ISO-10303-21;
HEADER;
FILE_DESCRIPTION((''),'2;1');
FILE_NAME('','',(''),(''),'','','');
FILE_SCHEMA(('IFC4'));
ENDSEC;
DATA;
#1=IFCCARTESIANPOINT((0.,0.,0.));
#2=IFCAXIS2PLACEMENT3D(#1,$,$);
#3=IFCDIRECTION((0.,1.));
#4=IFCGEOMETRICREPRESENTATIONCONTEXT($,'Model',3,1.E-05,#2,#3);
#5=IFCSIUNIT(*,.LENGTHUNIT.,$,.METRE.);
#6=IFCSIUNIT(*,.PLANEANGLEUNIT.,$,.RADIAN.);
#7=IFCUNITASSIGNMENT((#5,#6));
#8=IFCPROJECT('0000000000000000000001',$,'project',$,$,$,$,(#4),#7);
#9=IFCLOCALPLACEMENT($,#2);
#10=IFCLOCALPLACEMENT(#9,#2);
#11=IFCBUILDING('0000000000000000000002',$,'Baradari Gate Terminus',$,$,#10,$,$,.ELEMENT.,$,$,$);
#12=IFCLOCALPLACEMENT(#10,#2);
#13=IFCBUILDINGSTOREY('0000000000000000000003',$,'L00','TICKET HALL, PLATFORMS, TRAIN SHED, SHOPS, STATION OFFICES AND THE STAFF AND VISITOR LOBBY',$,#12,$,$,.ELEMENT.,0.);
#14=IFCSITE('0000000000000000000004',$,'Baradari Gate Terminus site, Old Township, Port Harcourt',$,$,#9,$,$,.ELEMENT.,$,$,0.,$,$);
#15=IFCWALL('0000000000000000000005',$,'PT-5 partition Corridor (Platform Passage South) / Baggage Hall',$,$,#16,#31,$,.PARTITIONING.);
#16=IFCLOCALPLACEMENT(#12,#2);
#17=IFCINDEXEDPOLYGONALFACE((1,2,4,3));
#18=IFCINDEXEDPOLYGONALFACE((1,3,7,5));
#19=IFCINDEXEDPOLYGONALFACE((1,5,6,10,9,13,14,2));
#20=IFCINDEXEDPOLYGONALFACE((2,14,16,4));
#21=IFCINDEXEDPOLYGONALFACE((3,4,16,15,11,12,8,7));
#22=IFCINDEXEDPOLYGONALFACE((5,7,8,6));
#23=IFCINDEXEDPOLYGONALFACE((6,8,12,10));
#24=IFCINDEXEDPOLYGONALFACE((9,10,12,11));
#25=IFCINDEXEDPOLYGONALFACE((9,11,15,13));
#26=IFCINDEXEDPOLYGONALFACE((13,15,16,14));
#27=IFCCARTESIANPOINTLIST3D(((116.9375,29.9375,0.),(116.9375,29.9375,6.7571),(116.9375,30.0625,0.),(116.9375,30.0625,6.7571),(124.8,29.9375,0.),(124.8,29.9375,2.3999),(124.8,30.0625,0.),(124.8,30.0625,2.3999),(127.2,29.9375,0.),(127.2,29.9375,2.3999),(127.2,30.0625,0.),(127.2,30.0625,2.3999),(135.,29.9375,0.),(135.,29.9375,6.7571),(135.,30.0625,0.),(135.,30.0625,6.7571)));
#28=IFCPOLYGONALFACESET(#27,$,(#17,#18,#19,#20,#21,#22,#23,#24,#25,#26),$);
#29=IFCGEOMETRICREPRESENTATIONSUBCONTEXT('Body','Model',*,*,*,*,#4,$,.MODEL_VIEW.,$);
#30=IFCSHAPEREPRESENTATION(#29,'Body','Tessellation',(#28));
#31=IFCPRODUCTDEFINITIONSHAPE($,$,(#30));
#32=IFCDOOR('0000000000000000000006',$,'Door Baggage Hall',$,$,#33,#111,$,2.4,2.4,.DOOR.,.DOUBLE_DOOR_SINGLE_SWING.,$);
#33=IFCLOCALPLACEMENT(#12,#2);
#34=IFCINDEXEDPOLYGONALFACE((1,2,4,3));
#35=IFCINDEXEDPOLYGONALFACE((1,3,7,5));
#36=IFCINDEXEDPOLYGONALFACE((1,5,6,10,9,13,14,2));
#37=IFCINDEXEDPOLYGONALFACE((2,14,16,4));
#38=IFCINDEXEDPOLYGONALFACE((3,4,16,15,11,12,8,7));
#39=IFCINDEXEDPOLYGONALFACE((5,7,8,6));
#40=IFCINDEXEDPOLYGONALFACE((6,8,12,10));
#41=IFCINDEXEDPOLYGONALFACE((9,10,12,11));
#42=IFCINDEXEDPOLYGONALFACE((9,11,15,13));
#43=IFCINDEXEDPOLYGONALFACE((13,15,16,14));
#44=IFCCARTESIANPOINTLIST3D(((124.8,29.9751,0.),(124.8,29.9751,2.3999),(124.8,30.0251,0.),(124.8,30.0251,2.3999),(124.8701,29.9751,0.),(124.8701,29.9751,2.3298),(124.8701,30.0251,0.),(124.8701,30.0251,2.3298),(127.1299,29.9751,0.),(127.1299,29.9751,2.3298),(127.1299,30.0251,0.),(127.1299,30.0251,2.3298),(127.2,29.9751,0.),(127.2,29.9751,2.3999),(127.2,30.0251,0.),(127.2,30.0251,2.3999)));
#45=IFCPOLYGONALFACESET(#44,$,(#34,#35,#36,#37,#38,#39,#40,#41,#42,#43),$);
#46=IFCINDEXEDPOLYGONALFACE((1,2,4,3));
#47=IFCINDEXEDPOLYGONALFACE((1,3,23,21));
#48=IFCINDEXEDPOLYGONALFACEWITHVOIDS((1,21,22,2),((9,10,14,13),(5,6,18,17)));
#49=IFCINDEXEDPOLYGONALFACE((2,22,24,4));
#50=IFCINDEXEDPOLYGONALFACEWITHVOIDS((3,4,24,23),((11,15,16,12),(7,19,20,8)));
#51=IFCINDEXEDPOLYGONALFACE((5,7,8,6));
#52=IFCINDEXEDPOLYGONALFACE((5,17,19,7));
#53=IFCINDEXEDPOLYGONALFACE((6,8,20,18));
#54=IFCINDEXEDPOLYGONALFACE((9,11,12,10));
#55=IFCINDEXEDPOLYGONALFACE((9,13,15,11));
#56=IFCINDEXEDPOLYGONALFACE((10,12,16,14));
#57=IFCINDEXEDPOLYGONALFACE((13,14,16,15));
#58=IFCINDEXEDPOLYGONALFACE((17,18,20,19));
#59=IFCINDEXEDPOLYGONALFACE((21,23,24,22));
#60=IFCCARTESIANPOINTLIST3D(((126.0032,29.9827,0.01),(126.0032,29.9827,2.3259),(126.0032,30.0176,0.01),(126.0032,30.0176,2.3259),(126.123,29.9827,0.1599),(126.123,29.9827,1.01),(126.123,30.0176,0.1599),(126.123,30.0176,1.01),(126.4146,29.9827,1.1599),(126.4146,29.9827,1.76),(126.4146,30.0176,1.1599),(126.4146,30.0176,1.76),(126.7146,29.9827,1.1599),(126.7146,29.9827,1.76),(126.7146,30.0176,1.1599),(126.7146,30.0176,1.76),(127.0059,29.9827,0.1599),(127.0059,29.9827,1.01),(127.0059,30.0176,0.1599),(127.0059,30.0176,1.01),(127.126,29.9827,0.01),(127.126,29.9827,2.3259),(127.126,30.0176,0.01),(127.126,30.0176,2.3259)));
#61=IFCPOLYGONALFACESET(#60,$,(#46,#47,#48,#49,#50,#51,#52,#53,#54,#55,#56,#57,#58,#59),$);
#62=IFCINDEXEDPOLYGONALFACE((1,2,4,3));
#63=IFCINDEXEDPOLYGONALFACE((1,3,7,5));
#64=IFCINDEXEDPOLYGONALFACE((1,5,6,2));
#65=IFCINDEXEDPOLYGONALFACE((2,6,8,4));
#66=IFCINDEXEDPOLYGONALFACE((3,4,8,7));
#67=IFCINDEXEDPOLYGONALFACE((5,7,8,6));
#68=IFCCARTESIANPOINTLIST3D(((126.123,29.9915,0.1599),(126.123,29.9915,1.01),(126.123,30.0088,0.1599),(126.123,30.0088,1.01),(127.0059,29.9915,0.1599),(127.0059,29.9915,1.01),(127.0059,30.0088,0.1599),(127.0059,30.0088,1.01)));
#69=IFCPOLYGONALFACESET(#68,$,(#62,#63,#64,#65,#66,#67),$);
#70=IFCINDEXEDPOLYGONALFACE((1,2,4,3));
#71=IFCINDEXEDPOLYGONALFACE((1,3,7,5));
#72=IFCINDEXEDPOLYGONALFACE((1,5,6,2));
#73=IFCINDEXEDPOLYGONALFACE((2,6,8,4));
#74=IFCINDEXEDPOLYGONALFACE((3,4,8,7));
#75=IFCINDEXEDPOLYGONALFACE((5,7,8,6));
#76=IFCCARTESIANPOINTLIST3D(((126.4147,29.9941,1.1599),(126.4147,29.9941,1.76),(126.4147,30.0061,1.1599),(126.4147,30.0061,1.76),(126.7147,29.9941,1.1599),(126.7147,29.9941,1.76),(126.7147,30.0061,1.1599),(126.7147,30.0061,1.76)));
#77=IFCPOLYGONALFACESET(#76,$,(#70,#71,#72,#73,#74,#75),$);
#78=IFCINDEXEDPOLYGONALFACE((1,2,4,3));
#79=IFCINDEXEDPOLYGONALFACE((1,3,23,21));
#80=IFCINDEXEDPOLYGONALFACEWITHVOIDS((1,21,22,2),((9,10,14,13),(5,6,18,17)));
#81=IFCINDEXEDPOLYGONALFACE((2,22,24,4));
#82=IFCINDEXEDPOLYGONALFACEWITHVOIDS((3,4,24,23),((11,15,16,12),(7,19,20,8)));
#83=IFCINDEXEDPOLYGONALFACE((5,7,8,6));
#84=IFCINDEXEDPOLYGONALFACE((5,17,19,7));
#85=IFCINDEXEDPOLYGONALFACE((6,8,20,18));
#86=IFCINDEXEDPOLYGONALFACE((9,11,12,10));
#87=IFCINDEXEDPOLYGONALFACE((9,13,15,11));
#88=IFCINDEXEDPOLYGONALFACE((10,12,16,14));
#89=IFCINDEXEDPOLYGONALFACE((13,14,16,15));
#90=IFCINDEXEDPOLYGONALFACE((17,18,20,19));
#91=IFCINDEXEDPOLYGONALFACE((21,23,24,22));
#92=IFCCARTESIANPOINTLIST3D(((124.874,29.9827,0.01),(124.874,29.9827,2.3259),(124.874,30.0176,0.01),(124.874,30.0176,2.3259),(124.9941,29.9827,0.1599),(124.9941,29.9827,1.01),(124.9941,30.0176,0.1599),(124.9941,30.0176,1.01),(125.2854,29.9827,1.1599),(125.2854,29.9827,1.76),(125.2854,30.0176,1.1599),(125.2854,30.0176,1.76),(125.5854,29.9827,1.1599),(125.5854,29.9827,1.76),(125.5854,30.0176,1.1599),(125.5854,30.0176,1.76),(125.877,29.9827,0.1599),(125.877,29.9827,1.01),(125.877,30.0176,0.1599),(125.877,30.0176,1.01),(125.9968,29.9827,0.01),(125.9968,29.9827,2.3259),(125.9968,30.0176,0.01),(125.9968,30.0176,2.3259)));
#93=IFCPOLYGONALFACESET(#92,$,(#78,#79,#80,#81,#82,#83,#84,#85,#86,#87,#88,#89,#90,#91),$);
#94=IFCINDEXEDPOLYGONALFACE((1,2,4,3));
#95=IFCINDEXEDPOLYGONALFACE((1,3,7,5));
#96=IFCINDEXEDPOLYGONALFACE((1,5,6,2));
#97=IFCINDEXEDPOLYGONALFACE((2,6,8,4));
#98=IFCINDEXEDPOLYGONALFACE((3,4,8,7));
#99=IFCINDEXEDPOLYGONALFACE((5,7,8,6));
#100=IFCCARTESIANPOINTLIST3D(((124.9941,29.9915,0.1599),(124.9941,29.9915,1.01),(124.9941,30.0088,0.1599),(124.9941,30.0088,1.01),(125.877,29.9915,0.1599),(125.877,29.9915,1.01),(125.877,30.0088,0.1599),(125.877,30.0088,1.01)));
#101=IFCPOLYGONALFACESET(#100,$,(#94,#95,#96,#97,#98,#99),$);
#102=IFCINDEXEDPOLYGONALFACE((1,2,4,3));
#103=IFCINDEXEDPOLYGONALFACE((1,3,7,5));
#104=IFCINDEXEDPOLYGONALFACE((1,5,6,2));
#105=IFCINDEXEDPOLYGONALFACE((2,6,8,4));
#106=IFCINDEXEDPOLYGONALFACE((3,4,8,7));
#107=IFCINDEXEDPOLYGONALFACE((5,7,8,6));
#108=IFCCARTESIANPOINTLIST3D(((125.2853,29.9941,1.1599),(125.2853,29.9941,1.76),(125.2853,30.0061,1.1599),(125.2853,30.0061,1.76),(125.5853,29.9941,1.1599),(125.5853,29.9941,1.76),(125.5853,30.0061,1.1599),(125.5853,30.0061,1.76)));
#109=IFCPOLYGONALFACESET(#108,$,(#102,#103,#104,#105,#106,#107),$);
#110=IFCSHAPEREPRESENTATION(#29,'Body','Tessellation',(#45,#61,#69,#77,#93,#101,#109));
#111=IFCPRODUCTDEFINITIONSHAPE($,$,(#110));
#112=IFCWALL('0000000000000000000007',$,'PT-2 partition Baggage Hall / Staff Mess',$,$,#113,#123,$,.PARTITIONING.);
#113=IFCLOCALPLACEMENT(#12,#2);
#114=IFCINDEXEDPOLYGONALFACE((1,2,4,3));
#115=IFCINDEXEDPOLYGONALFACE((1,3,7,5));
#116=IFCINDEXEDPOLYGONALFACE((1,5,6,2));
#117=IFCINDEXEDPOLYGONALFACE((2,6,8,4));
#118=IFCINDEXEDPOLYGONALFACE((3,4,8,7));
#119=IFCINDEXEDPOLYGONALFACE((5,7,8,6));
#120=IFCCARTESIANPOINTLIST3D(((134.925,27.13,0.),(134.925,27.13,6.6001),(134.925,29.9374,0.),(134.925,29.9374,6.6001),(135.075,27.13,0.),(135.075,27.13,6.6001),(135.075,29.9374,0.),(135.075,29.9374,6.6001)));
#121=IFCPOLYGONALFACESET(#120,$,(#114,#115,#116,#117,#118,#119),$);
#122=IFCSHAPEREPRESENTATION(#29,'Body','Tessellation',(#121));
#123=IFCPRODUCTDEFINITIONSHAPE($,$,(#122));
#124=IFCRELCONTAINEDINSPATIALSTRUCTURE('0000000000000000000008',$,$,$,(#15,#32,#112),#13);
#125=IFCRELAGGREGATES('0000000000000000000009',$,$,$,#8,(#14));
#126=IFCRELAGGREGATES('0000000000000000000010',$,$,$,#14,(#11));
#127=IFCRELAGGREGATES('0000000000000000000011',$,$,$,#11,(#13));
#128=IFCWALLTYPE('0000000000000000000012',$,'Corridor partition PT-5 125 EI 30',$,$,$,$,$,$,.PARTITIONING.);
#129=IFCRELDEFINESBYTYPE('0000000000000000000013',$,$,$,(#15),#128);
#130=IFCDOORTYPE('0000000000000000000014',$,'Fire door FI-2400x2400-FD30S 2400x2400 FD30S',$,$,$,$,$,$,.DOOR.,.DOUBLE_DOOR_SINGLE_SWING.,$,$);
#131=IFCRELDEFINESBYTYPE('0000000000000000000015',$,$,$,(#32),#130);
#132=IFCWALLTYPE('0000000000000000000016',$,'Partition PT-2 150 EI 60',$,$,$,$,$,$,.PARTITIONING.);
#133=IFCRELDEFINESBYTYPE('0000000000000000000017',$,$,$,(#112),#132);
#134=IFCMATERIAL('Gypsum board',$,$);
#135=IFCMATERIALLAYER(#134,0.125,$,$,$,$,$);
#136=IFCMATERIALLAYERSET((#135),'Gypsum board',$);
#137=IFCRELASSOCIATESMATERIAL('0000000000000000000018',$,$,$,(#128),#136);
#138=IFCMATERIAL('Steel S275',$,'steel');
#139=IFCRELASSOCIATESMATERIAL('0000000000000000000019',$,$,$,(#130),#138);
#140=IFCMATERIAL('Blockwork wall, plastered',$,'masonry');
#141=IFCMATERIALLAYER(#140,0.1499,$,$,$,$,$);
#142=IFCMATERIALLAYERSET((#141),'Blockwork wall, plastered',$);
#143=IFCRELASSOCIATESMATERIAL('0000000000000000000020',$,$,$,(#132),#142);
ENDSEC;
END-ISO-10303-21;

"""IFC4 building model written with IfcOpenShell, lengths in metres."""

from ifc_helpers import new_model, si_unit, direction, frame, frame_2d, origin, place, context, subcontext, project, spatial, polyline, rectangle, outline, extrude, material, layer, layer_set, type_object, element, fill, save


model = new_model("IFC4")

# Units and contexts
model_context = context("Model", 3, precision=1e-05, world=origin(), true_north=direction((0.0, 1.0)))
body_context = subcontext(model_context, "Body", "Model", "MODEL_VIEW")
ifc_project = project(units=[si_unit("LENGTHUNIT", "METRE"), si_unit("PLANEANGLEUNIT", "RADIAN")], contexts=[model_context])

# Site, building, storey
site_placement = place(None, origin())
site = spatial("IfcSite", under=ifc_project, at=site_placement, Name="Baradari Gate Terminus site, Old Township, Port Harcourt", CompositionType="ELEMENT", RefElevation=0.0)
building_placement = place(site_placement, origin())
building = spatial("IfcBuilding", under=site, at=building_placement, Name="Baradari Gate Terminus", CompositionType="ELEMENT")
storey_placement = place(building_placement, origin())
storey = spatial("IfcBuildingStorey", under=building, at=storey_placement, Name="L00", Description="TICKET HALL, PLATFORMS, TRAIN SHED, SHOPS, STATION OFFICES AND THE STAFF AND VISITOR LOBBY", CompositionType="ELEMENT", Elevation=0.0)

# Wall, opening, door
ifc_material_1 = material(Name="Gypsum board")
ifc_layer_1 = layer(ifc_material_1, 0.125)
ifc_layer_set_1 = layer_set([ifc_layer_1], Name="Gypsum board")
wall_type_1 = type_object("IfcWallType", Name="Corridor partition PT-5 125 EI 30", PredefinedType="PARTITIONING", material=ifc_layer_set_1)
wall_1_placement = place(storey_placement, frame((135.0, 30.0, 0.0), z_axis=(0.0, 0.0, 1.0), x_axis=(-1.0, 0.0, 0.0)))
wall_1 = element("IfcWall", 1, at=wall_1_placement, inside=storey, type_object=wall_type_1, Name="PT-5 partition Corridor (Platform Passage South) / Baggage Hall", PredefinedType="PARTITIONING", context=body_context, shape_type="SweptSolid", body=[
    extrude(rectangle(XDim=18.0625, YDim=0.125, at=frame_2d((9.0312, 0.0))), origin(), (0.0, 0.0, 1.0), 6.7571),
])
opening_1_placement = place(wall_1_placement, frame((7.8, 0.0, 0.0)))
opening_1 = element("IfcOpeningElement", 2, at=opening_1_placement, cuts=wall_1, PredefinedType="OPENING", context=body_context, shape_type="SweptSolid", body=[
    extrude(rectangle(XDim=2.3999, YDim=2.3999, at=frame_2d((1.2, 1.2))), frame((0.0, 0.0725, 0.0), z_axis=(0.0, -1.0, 0.0), x_axis=(1.0, 0.0, 0.0)), (0.0, 0.0, 1.0), 0.145),
])
ifc_material_2 = material(Name="Steel S275", Category="steel")
door_type_1 = type_object("IfcDoorType", Name="Fire door FI-2400x2400-FD30S 2400x2400 FD30S", OperationType="DOUBLE_DOOR_SINGLE_SWING", PredefinedType="DOOR", material=ifc_material_2)
door_1_placement = place(opening_1_placement, origin())
door_1 = element("IfcDoor", 3, at=door_1_placement, inside=storey, type_object=door_type_1, Name="Door Baggage Hall", OperationType="DOUBLE_DOOR_SINGLE_SWING", OverallHeight=2.4, OverallWidth=2.4, PredefinedType="DOOR", context=body_context, shape_type="SweptSolid", body=[
    extrude(outline(polyline([(0.0, 0.0), (0.0701, 0.0), (0.0701, 2.3298), (2.3298, 2.3298), (2.3298, 0.0), (2.3999, 0.0), (2.3999, 2.3999), (0.0, 2.3999), (0.0, 0.0)])), frame((0.0, 0.0249, 0.0), z_axis=(0.0, -1.0, 0.0), x_axis=(1.0, 0.0, 0.0)), (0.0, 0.0, 1.0), 0.05),
    extrude(outline(polyline([(0.074, 0.01), (1.1968, 0.01), (1.1968, 2.3259), (0.074, 2.3259), (0.074, 0.01)]), holes=[polyline([(0.1941, 0.1599), (1.0769, 0.1599), (1.0769, 1.01), (0.1941, 1.01), (0.1941, 0.1599)]), polyline([(0.4854, 1.1599), (0.7854, 1.1599), (0.7854, 1.76), (0.4854, 1.76), (0.4854, 1.1599)])]), frame((0.0, 0.0173, 0.0), z_axis=(0.0, -1.0, 0.0), x_axis=(1.0, 0.0, 0.0)), (0.0, 0.0, 1.0), 0.0349),
    extrude(rectangle(XDim=0.8828, YDim=0.8501, at=frame_2d((0.6355, 0.585))), frame((0.0, 0.0085, 0.0), z_axis=(0.0, -1.0, 0.0), x_axis=(1.0, 0.0, 0.0)), (0.0, 0.0, 1.0), 0.0173),
    extrude(rectangle(XDim=0.3, YDim=0.6001, at=frame_2d((0.6353, 1.46))), frame((0.0, 0.0059, 0.0), z_axis=(0.0, -1.0, 0.0), x_axis=(1.0, 0.0, 0.0)), (0.0, 0.0, 1.0), 0.012),
    extrude(outline(polyline([(1.2031, 0.01), (2.3259, 0.01), (2.3259, 2.3259), (1.2031, 2.3259), (1.2031, 0.01)]), holes=[polyline([(1.323, 0.1599), (2.2058, 0.1599), (2.2058, 1.01), (1.323, 1.01), (1.323, 0.1599)]), polyline([(1.6145, 1.1599), (1.9146, 1.1599), (1.9146, 1.76), (1.6145, 1.76), (1.6145, 1.1599)])]), frame((0.0, 0.0173, 0.0), z_axis=(0.0, -1.0, 0.0), x_axis=(1.0, 0.0, 0.0)), (0.0, 0.0, 1.0), 0.0349),
    extrude(rectangle(XDim=0.8828, YDim=0.8501, at=frame_2d((1.7644, 0.585))), frame((0.0, 0.0085, 0.0), z_axis=(0.0, -1.0, 0.0), x_axis=(1.0, 0.0, 0.0)), (0.0, 0.0, 1.0), 0.0173),
    extrude(rectangle(XDim=0.3, YDim=0.6001, at=frame_2d((1.7646, 1.46))), frame((0.0, 0.0059, 0.0), z_axis=(0.0, -1.0, 0.0), x_axis=(1.0, 0.0, 0.0)), (0.0, 0.0, 1.0), 0.012),
])
fill(opening_1, door_1)

# Wall
ifc_material_3 = material(Name="Blockwork wall, plastered", Category="masonry")
ifc_layer_2 = layer(ifc_material_3, 0.1499)
ifc_layer_set_2 = layer_set([ifc_layer_2], Name="Blockwork wall, plastered")
wall_type_2 = type_object("IfcWallType", Name="Partition PT-2 150 EI 60", PredefinedType="PARTITIONING", material=ifc_layer_set_2)
wall_2_placement = place(storey_placement, frame((135.0, 29.9375, 0.0), z_axis=(0.0, 0.0, 1.0), x_axis=(0.0, -1.0, 0.0)))
element("IfcWall", 4, at=wall_2_placement, inside=storey, type_object=wall_type_2, Name="PT-2 partition Baggage Hall / Staff Mess", PredefinedType="PARTITIONING", context=body_context, shape_type="SweptSolid", body=[
    extrude(rectangle(XDim=2.8074, YDim=0.1499, at=frame_2d((1.4038, 0.0))), origin(), (0.0, 0.0, 1.0), 6.6001),
])

save(model, "model.ifc")
